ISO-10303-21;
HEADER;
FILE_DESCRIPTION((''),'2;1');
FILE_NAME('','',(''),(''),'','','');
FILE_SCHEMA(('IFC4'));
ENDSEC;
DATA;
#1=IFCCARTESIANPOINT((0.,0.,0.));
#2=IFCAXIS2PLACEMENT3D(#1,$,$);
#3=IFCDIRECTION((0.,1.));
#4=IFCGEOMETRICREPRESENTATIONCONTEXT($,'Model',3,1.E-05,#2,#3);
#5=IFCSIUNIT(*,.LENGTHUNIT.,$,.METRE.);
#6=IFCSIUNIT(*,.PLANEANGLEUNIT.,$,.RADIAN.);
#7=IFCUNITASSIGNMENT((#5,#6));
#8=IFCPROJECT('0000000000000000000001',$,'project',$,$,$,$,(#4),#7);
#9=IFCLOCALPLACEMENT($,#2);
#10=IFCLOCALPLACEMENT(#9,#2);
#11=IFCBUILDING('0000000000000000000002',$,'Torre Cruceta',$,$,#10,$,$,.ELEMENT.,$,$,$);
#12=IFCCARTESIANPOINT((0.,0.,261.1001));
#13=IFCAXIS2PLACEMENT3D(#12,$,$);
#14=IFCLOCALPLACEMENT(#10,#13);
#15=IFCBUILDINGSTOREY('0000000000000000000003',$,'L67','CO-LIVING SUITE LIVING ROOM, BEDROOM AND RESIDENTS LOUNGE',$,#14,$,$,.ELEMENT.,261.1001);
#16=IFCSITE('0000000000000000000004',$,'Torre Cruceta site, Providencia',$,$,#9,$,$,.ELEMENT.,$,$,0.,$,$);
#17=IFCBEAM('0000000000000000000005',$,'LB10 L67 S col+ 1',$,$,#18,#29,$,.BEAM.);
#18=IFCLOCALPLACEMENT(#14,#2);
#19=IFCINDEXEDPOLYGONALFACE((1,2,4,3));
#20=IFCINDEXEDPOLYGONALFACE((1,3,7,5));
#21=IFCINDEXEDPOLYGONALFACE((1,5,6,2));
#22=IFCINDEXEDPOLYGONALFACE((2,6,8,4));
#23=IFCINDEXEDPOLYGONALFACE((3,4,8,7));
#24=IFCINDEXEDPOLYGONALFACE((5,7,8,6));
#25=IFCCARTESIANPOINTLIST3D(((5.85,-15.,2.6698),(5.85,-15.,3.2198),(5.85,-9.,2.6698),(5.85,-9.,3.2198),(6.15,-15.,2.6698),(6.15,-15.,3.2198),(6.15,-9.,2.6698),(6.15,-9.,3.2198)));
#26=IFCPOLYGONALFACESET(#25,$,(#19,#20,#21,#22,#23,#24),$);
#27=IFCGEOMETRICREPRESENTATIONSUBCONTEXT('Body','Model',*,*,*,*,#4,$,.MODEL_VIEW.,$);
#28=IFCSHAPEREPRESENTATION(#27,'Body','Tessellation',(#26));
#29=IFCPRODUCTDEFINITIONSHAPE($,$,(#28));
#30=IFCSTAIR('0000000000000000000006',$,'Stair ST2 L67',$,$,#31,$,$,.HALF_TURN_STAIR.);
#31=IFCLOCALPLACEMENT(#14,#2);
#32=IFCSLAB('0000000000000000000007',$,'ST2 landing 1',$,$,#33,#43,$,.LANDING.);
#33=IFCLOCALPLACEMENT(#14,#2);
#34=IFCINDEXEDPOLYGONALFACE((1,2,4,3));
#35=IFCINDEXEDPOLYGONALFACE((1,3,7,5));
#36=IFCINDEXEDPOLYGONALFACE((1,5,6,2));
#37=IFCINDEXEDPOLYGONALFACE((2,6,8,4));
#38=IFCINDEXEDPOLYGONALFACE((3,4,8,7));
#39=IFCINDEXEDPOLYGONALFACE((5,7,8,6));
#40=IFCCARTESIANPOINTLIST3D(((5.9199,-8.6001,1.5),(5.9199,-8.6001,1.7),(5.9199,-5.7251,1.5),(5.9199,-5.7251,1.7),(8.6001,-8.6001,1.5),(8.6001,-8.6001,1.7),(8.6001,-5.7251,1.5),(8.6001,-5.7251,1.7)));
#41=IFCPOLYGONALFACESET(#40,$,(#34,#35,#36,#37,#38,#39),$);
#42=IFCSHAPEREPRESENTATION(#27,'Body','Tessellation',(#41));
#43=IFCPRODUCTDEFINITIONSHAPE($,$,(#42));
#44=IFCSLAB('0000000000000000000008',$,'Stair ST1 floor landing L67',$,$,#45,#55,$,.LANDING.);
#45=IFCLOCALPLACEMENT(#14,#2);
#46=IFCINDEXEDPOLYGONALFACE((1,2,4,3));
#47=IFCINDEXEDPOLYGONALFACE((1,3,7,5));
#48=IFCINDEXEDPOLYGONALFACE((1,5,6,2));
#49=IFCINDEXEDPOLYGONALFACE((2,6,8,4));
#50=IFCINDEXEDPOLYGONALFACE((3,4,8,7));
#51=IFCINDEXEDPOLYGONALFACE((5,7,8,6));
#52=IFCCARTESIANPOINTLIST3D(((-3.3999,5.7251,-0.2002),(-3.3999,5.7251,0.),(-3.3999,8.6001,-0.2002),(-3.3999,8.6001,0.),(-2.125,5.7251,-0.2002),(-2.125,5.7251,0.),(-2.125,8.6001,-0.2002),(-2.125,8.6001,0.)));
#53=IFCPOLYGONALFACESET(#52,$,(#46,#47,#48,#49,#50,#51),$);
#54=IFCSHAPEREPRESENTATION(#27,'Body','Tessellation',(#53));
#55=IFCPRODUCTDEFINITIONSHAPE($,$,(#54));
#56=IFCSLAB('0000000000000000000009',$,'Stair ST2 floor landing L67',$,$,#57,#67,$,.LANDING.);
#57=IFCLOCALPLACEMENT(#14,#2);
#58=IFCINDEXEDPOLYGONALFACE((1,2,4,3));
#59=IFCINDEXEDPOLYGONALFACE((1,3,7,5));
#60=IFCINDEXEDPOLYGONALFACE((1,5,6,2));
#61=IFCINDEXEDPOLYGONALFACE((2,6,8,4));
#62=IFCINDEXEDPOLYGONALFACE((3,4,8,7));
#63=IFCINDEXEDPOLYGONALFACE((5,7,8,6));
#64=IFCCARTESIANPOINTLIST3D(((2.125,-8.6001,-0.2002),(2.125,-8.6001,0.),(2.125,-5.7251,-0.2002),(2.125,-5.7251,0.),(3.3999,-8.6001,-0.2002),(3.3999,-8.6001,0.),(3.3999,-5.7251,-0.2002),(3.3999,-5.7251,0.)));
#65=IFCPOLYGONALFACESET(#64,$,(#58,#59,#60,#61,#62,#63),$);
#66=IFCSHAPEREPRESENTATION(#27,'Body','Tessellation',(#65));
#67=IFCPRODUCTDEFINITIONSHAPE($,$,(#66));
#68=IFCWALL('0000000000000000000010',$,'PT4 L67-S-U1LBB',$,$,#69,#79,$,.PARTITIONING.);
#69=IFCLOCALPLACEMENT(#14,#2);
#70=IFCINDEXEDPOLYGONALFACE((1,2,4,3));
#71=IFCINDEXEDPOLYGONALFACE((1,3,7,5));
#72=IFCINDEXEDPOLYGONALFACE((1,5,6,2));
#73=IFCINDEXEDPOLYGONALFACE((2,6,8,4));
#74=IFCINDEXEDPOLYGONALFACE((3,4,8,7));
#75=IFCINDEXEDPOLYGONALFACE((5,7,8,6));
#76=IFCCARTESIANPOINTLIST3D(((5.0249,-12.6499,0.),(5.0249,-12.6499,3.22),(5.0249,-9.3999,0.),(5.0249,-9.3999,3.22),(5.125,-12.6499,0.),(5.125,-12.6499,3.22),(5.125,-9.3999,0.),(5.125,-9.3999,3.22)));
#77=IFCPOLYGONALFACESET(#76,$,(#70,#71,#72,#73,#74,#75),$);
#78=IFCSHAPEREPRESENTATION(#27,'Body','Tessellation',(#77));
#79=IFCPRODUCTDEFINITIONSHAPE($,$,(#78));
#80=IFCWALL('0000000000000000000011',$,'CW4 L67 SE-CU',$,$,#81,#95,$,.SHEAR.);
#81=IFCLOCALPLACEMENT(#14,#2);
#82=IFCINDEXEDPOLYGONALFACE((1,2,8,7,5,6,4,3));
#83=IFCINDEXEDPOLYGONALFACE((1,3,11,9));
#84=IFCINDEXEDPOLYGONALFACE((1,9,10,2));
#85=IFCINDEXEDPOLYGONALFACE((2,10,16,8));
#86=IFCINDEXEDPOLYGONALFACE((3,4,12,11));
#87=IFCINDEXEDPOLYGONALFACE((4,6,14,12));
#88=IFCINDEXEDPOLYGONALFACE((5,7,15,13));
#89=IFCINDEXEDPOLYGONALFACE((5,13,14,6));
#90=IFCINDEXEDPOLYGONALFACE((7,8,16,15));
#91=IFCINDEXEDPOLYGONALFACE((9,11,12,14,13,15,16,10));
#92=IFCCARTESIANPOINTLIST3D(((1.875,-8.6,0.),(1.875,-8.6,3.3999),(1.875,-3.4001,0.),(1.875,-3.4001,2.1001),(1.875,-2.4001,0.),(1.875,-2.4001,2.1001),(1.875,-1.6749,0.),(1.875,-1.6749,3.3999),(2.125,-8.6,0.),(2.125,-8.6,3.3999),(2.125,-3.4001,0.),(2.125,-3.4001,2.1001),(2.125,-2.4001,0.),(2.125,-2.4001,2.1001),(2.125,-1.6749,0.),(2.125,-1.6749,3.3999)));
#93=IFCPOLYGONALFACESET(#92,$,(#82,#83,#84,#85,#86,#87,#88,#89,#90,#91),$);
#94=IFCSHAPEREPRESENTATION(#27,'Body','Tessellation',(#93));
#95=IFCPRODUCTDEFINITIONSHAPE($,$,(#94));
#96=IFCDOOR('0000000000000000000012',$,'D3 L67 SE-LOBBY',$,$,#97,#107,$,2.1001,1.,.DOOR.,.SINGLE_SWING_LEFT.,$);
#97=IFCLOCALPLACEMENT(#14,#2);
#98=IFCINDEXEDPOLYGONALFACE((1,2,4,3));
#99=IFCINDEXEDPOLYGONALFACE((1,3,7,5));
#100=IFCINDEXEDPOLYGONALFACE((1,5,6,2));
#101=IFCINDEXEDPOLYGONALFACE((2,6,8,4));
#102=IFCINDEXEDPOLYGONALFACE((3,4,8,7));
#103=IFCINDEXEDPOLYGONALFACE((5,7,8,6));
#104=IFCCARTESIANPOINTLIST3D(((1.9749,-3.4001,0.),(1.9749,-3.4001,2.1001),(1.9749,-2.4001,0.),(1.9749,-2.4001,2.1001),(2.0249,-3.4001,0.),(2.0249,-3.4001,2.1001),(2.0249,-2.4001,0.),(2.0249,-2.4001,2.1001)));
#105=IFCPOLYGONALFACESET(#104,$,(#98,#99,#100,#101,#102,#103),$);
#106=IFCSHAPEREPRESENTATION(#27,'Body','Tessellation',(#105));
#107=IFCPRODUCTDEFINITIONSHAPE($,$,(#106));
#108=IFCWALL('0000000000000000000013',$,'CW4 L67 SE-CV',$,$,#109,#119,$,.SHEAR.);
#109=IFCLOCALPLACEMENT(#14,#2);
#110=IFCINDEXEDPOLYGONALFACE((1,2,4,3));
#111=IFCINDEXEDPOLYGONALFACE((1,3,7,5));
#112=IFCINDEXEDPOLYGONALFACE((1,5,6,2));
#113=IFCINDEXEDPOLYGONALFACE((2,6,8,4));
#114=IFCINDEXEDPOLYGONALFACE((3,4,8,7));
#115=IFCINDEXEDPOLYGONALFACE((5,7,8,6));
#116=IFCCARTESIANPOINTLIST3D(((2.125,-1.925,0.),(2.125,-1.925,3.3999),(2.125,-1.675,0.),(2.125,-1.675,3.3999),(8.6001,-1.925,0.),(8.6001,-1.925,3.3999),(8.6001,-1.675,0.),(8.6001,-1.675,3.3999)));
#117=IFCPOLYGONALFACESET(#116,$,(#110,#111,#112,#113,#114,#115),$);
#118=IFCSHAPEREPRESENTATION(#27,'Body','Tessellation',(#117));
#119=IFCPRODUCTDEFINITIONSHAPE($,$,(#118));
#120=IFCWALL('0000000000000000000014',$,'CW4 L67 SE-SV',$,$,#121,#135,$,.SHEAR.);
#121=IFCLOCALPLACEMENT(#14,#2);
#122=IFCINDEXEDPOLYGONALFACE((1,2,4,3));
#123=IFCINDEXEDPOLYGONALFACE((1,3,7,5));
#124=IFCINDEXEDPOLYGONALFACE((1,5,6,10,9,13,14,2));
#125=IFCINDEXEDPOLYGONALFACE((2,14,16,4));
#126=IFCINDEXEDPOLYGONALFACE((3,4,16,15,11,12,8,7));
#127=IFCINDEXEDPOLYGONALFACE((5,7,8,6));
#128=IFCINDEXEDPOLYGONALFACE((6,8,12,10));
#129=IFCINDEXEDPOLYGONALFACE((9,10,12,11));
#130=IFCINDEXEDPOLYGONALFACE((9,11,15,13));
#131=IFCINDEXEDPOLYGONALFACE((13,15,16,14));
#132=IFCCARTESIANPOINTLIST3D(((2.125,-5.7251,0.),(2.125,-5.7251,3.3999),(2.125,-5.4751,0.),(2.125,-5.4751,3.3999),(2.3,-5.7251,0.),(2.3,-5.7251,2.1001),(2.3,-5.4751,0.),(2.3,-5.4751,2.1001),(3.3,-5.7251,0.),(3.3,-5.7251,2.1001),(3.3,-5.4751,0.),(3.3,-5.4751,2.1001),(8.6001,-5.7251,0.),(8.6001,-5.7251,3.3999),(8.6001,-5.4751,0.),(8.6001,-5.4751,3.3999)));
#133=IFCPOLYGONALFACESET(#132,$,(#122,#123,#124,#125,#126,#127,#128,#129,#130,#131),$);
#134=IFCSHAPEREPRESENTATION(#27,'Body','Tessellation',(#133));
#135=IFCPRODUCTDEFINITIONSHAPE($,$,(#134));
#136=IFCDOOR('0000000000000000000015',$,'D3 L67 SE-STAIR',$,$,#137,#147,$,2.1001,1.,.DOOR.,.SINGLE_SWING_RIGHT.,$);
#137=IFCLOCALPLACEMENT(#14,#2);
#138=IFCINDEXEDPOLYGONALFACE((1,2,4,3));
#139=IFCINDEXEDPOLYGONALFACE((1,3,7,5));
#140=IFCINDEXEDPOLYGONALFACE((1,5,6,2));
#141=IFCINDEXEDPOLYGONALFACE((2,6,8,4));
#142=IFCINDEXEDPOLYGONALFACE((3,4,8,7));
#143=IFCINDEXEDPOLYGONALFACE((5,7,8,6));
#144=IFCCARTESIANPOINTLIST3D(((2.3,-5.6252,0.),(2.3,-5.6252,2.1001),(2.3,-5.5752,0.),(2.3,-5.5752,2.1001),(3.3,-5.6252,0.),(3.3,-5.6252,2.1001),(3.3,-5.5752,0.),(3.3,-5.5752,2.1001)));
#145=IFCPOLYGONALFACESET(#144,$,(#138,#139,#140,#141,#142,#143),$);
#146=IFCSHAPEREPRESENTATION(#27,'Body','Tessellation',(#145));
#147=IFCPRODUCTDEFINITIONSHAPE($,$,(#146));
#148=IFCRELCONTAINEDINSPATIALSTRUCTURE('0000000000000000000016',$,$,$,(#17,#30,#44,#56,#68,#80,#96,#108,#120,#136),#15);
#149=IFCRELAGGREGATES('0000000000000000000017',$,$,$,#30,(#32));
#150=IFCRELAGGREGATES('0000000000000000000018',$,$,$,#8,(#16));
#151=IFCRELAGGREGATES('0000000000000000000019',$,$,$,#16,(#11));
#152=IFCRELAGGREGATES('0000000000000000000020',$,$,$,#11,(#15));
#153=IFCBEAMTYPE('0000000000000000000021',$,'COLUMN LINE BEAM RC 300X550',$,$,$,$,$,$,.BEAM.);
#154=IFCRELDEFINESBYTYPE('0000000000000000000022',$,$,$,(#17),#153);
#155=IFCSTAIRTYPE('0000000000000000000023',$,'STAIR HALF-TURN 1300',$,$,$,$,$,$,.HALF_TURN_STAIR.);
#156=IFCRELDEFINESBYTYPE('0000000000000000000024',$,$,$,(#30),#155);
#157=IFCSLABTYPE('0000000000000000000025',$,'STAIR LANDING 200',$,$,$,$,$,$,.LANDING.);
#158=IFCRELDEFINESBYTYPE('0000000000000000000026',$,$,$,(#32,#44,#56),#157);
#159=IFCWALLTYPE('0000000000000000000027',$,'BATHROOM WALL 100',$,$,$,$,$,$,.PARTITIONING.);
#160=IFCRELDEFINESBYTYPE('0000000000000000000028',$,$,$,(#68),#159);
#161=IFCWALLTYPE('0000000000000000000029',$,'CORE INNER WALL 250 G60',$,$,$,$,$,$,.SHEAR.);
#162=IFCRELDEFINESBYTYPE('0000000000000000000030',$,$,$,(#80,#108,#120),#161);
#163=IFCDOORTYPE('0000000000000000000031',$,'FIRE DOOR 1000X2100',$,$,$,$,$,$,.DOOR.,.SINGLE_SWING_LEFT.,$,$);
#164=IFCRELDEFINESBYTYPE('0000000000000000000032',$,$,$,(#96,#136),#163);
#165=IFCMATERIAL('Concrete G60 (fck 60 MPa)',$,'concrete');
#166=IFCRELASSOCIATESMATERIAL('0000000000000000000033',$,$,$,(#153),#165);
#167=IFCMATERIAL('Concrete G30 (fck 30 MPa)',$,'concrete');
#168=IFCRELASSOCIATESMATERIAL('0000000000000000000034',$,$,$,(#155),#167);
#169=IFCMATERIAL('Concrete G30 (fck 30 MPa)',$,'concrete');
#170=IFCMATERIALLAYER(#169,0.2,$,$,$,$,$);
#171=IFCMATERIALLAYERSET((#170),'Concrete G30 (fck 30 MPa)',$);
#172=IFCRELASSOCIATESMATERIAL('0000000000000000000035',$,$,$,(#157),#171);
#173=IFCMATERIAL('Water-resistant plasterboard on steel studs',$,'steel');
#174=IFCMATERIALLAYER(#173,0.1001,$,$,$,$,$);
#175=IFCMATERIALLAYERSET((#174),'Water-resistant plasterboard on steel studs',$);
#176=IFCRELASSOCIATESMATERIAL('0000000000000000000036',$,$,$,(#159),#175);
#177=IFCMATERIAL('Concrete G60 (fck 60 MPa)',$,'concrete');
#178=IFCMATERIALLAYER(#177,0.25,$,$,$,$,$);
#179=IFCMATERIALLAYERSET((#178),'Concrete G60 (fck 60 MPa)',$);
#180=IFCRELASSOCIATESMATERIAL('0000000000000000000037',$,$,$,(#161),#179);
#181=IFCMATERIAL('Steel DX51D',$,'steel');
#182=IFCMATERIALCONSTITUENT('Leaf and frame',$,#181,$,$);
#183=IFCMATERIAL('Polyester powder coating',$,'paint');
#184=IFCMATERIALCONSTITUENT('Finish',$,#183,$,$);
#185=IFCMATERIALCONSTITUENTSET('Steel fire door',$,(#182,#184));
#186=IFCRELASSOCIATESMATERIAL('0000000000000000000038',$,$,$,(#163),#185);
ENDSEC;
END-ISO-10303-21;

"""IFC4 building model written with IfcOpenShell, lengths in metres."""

from ifc_helpers import new_model, si_unit, direction, frame, frame_2d, origin, origin_2d, place, context, subcontext, project, spatial, polyline, rectangle, outline, extrude, material, layer, layer_set, constituent, constituent_set, material_profile, profile_set, type_object, element, fill, aggregate, save


model = new_model("IFC4")

# Units and contexts
model_context = context("Model", 3, precision=1e-05, world=origin(), true_north=direction((0.0, 1.0)))
body_context = subcontext(model_context, "Body", "Model", "MODEL_VIEW")
ifc_project = project(units=[si_unit("LENGTHUNIT", "METRE"), si_unit("PLANEANGLEUNIT", "RADIAN")], contexts=[model_context])

# Site, building, storey
site_placement = place(None, origin())
site = spatial("IfcSite", under=ifc_project, at=site_placement, Name="Torre Cruceta site, Providencia", CompositionType="ELEMENT", RefElevation=0.0)
building_placement = place(site_placement, origin())
building = spatial("IfcBuilding", under=site, at=building_placement, Name="Torre Cruceta", CompositionType="ELEMENT")
storey_placement = place(building_placement, frame((0.0, 0.0, 261.1001)))
storey = spatial("IfcBuildingStorey", under=building, at=storey_placement, Name="L67", Description="CO-LIVING SUITE LIVING ROOM, BEDROOM AND RESIDENTS LOUNGE", CompositionType="ELEMENT", Elevation=261.1001)

# Beam
ifc_material_1 = material(Name="Concrete G60 (fck 60 MPa)", Category="concrete")
ifc_material_profile = material_profile(ifc_material_1, rectangle(XDim=0.3, YDim=0.55, at=origin_2d()), Name="RC 300X550")
ifc_profile_set = profile_set([ifc_material_profile], Name="Concrete G60 (fck 60 MPa)")
beam_type = type_object("IfcBeamType", Name="COLUMN LINE BEAM RC 300X550", PredefinedType="BEAM", material=ifc_profile_set)
beam_placement = place(storey_placement, frame((6.0, -9.0, 2.9448), z_axis=(0.0, -1.0, 0.0), x_axis=(1.0, 0.0, 0.0)))
element("IfcBeam", 1, at=beam_placement, inside=storey, type_object=beam_type, Name="LB10 L67 S col+ 1", PredefinedType="BEAM", context=body_context, shape_type="SweptSolid", body=[
    extrude(rectangle(XDim=0.3, YDim=0.55, at=origin_2d()), origin(), (0.0, 0.0, 1.0), 6.0),
])

# Stair, slab
ifc_material_2 = material(Name="Concrete G30 (fck 30 MPa)", Category="concrete")
stair_type = type_object("IfcStairType", Name="STAIR HALF-TURN 1300", PredefinedType="HALF_TURN_STAIR", material=ifc_material_2)
stair_placement = place(storey_placement, origin())
stair = element("IfcStair", 2, at=stair_placement, inside=storey, type_object=stair_type, Name="Stair ST2 L67", PredefinedType="HALF_TURN_STAIR")
ifc_material_3 = material(Name="Concrete G30 (fck 30 MPa)", Category="concrete")
ifc_layer_1 = layer(ifc_material_3, 0.2)
ifc_layer_set_1 = layer_set([ifc_layer_1], Name="Concrete G30 (fck 30 MPa)")
slab_type = type_object("IfcSlabType", Name="STAIR LANDING 200", PredefinedType="LANDING", material=ifc_layer_set_1)
slab_1_placement = place(storey_placement, frame((0.0, 0.0, 1.5)))
slab_1 = element("IfcSlab", 3, at=slab_1_placement, type_object=slab_type, Name="ST2 landing 1", PredefinedType="LANDING", context=body_context, shape_type="SweptSolid", body=[
    extrude(outline(polyline([(5.9199, -8.6001), (8.6001, -8.6001), (8.6001, -5.7251), (5.9199, -5.7251), (5.9199, -8.6001)])), origin(), (0.0, 0.0, 1.0), 0.2),
])

# Slabs
slab_2_placement = place(storey_placement, frame((0.0, 0.0, -0.2002)))
element("IfcSlab", 4, at=slab_2_placement, inside=storey, type_object=slab_type, Name="Stair ST1 floor landing L67", PredefinedType="LANDING", context=body_context, shape_type="SweptSolid", body=[
    extrude(outline(polyline([(-2.125, 8.6001), (-2.125, 5.7251), (-3.3999, 5.7251), (-3.3999, 8.6001), (-2.125, 8.6001)])), origin(), (0.0, 0.0, 1.0), 0.2002),
])
slab_3_placement = place(storey_placement, frame((0.0, 0.0, -0.2002)))
element("IfcSlab", 5, at=slab_3_placement, inside=storey, type_object=slab_type, Name="Stair ST2 floor landing L67", PredefinedType="LANDING", context=body_context, shape_type="SweptSolid", body=[
    extrude(outline(polyline([(2.125, -8.6001), (2.125, -5.7251), (3.3999, -5.7251), (3.3999, -8.6001), (2.125, -8.6001)])), origin(), (0.0, 0.0, 1.0), 0.2002),
])

# Wall
ifc_material_4 = material(Name="Water-resistant plasterboard on steel studs", Category="steel")
ifc_layer_2 = layer(ifc_material_4, 0.1001)
ifc_layer_set_2 = layer_set([ifc_layer_2], Name="Water-resistant plasterboard on steel studs")
wall_type_1 = type_object("IfcWallType", Name="BATHROOM WALL 100", PredefinedType="PARTITIONING", material=ifc_layer_set_2)
wall_1_placement = place(storey_placement, frame((5.075, -9.3999, 0.0), z_axis=(0.0, 0.0, 1.0), x_axis=(0.0, -1.0, 0.0)))
element("IfcWall", 6, at=wall_1_placement, inside=storey, type_object=wall_type_1, Name="PT4 L67-S-U1LBB", PredefinedType="PARTITIONING", context=body_context, shape_type="SweptSolid", body=[
    extrude(rectangle(XDim=3.25, YDim=0.1001, at=frame_2d((1.625, 0.0))), origin(), (0.0, 0.0, 1.0), 3.22),
])

# Wall, opening, door
ifc_material_5 = material(Name="Concrete G60 (fck 60 MPa)", Category="concrete")
ifc_layer_3 = layer(ifc_material_5, 0.25)
ifc_layer_set_3 = layer_set([ifc_layer_3], Name="Concrete G60 (fck 60 MPa)")
wall_type_2 = type_object("IfcWallType", Name="CORE INNER WALL 250 G60", PredefinedType="SHEAR", material=ifc_layer_set_3)
wall_2_placement = place(storey_placement, frame((2.0, -1.675, 0.0), z_axis=(0.0, 0.0, 1.0), x_axis=(0.0, -1.0, 0.0)))
wall_2 = element("IfcWall", 7, at=wall_2_placement, inside=storey, type_object=wall_type_2, Name="CW4 L67 SE-CU", PredefinedType="SHEAR", context=body_context, shape_type="SweptSolid", body=[
    extrude(rectangle(XDim=6.925, YDim=0.25, at=frame_2d((3.4624, 0.0))), origin(), (0.0, 0.0, 1.0), 3.3999),
])
opening_1_placement = place(wall_2_placement, frame((0.7251, 0.0, 0.0)))
opening_1 = element("IfcOpeningElement", 8, at=opening_1_placement, cuts=wall_2, PredefinedType="OPENING", context=body_context, shape_type="SweptSolid", body=[
    extrude(rectangle(XDim=1.0, YDim=2.1001, at=frame_2d((0.5, 1.05))), frame((0.0, 0.135, 0.0), z_axis=(0.0, -1.0, 0.0), x_axis=(1.0, 0.0, 0.0)), (0.0, 0.0, 1.0), 0.27),
])
ifc_material_6 = material(Name="Steel DX51D", Category="steel")
ifc_constituent_1 = constituent(ifc_material_6, Name="Leaf and frame")
ifc_material_7 = material(Name="Polyester powder coating", Category="paint")
ifc_constituent_2 = constituent(ifc_material_7, Name="Finish")
ifc_constituent_set_1 = constituent_set(constituents=[ifc_constituent_1, ifc_constituent_2], Name="Steel fire door")
door_type_1 = type_object("IfcDoorType", Name="FIRE DOOR 1000X2100", OperationType="SINGLE_SWING_LEFT", PredefinedType="DOOR", material=ifc_constituent_set_1)
door_1_placement = place(opening_1_placement, origin())
door_1 = element("IfcDoor", 9, at=door_1_placement, inside=storey, type_object=door_type_1, Name="D3 L67 SE-LOBBY", OperationType="SINGLE_SWING_LEFT", OverallHeight=2.1001, OverallWidth=1.0, PredefinedType="DOOR", context=body_context, shape_type="SweptSolid", body=[
    extrude(rectangle(XDim=1.0, YDim=2.1001, at=frame_2d((0.5, 1.05))), frame((0.0, 0.0249, 0.0), z_axis=(0.0, -1.0, 0.0), x_axis=(1.0, 0.0, 0.0)), (0.0, 0.0, 1.0), 0.05),
])
fill(opening_1, door_1)

# Wall
wall_3_placement = place(storey_placement, frame((2.125, -1.8, 0.0), z_axis=(0.0, 0.0, 1.0), x_axis=(1.0, 0.0, 0.0)))
element("IfcWall", 10, at=wall_3_placement, inside=storey, type_object=wall_type_2, Name="CW4 L67 SE-CV", PredefinedType="SHEAR", context=body_context, shape_type="SweptSolid", body=[
    extrude(rectangle(XDim=6.4751, YDim=0.25, at=frame_2d((3.2375, 0.0))), origin(), (0.0, 0.0, 1.0), 3.3999),
])

# Wall, opening, door
wall_4_placement = place(storey_placement, frame((2.125, -5.6001, 0.0), z_axis=(0.0, 0.0, 1.0), x_axis=(1.0, 0.0, 0.0)))
wall_4 = element("IfcWall", 11, at=wall_4_placement, inside=storey, type_object=wall_type_2, Name="CW4 L67 SE-SV", PredefinedType="SHEAR", context=body_context, shape_type="SweptSolid", body=[
    extrude(rectangle(XDim=6.4751, YDim=0.25, at=frame_2d((3.2375, 0.0))), origin(), (0.0, 0.0, 1.0), 3.3999),
])
opening_2_placement = place(wall_4_placement, frame((0.175, 0.0, 0.0)))
opening_2 = element("IfcOpeningElement", 12, at=opening_2_placement, cuts=wall_4, PredefinedType="OPENING", context=body_context, shape_type="SweptSolid", body=[
    extrude(rectangle(XDim=1.0, YDim=2.1001, at=frame_2d((0.5, 1.05))), frame((0.0, 0.135, 0.0), z_axis=(0.0, -1.0, 0.0), x_axis=(1.0, 0.0, 0.0)), (0.0, 0.0, 1.0), 0.27),
])
door_2_placement = place(opening_2_placement, frame((1.0, 0.0, 0.0), z_axis=(0.0, 0.0, 1.0), x_axis=(-1.0, 0.0, 0.0)))
door_2 = element("IfcDoor", 13, at=door_2_placement, inside=storey, type_object=door_type_1, Name="D3 L67 SE-STAIR", OperationType="SINGLE_SWING_RIGHT", OverallHeight=2.1001, OverallWidth=1.0, PredefinedType="DOOR", context=body_context, shape_type="SweptSolid", body=[
    extrude(rectangle(XDim=1.0, YDim=2.1001, at=frame_2d((0.5, 1.05))), frame((0.0, 0.0251, 0.0), z_axis=(0.0, -1.0, 0.0), x_axis=(1.0, 0.0, 0.0)), (0.0, 0.0, 1.0), 0.05),
])
fill(opening_2, door_2)

aggregate(stair, [slab_1])

save(model, "model.ifc")
